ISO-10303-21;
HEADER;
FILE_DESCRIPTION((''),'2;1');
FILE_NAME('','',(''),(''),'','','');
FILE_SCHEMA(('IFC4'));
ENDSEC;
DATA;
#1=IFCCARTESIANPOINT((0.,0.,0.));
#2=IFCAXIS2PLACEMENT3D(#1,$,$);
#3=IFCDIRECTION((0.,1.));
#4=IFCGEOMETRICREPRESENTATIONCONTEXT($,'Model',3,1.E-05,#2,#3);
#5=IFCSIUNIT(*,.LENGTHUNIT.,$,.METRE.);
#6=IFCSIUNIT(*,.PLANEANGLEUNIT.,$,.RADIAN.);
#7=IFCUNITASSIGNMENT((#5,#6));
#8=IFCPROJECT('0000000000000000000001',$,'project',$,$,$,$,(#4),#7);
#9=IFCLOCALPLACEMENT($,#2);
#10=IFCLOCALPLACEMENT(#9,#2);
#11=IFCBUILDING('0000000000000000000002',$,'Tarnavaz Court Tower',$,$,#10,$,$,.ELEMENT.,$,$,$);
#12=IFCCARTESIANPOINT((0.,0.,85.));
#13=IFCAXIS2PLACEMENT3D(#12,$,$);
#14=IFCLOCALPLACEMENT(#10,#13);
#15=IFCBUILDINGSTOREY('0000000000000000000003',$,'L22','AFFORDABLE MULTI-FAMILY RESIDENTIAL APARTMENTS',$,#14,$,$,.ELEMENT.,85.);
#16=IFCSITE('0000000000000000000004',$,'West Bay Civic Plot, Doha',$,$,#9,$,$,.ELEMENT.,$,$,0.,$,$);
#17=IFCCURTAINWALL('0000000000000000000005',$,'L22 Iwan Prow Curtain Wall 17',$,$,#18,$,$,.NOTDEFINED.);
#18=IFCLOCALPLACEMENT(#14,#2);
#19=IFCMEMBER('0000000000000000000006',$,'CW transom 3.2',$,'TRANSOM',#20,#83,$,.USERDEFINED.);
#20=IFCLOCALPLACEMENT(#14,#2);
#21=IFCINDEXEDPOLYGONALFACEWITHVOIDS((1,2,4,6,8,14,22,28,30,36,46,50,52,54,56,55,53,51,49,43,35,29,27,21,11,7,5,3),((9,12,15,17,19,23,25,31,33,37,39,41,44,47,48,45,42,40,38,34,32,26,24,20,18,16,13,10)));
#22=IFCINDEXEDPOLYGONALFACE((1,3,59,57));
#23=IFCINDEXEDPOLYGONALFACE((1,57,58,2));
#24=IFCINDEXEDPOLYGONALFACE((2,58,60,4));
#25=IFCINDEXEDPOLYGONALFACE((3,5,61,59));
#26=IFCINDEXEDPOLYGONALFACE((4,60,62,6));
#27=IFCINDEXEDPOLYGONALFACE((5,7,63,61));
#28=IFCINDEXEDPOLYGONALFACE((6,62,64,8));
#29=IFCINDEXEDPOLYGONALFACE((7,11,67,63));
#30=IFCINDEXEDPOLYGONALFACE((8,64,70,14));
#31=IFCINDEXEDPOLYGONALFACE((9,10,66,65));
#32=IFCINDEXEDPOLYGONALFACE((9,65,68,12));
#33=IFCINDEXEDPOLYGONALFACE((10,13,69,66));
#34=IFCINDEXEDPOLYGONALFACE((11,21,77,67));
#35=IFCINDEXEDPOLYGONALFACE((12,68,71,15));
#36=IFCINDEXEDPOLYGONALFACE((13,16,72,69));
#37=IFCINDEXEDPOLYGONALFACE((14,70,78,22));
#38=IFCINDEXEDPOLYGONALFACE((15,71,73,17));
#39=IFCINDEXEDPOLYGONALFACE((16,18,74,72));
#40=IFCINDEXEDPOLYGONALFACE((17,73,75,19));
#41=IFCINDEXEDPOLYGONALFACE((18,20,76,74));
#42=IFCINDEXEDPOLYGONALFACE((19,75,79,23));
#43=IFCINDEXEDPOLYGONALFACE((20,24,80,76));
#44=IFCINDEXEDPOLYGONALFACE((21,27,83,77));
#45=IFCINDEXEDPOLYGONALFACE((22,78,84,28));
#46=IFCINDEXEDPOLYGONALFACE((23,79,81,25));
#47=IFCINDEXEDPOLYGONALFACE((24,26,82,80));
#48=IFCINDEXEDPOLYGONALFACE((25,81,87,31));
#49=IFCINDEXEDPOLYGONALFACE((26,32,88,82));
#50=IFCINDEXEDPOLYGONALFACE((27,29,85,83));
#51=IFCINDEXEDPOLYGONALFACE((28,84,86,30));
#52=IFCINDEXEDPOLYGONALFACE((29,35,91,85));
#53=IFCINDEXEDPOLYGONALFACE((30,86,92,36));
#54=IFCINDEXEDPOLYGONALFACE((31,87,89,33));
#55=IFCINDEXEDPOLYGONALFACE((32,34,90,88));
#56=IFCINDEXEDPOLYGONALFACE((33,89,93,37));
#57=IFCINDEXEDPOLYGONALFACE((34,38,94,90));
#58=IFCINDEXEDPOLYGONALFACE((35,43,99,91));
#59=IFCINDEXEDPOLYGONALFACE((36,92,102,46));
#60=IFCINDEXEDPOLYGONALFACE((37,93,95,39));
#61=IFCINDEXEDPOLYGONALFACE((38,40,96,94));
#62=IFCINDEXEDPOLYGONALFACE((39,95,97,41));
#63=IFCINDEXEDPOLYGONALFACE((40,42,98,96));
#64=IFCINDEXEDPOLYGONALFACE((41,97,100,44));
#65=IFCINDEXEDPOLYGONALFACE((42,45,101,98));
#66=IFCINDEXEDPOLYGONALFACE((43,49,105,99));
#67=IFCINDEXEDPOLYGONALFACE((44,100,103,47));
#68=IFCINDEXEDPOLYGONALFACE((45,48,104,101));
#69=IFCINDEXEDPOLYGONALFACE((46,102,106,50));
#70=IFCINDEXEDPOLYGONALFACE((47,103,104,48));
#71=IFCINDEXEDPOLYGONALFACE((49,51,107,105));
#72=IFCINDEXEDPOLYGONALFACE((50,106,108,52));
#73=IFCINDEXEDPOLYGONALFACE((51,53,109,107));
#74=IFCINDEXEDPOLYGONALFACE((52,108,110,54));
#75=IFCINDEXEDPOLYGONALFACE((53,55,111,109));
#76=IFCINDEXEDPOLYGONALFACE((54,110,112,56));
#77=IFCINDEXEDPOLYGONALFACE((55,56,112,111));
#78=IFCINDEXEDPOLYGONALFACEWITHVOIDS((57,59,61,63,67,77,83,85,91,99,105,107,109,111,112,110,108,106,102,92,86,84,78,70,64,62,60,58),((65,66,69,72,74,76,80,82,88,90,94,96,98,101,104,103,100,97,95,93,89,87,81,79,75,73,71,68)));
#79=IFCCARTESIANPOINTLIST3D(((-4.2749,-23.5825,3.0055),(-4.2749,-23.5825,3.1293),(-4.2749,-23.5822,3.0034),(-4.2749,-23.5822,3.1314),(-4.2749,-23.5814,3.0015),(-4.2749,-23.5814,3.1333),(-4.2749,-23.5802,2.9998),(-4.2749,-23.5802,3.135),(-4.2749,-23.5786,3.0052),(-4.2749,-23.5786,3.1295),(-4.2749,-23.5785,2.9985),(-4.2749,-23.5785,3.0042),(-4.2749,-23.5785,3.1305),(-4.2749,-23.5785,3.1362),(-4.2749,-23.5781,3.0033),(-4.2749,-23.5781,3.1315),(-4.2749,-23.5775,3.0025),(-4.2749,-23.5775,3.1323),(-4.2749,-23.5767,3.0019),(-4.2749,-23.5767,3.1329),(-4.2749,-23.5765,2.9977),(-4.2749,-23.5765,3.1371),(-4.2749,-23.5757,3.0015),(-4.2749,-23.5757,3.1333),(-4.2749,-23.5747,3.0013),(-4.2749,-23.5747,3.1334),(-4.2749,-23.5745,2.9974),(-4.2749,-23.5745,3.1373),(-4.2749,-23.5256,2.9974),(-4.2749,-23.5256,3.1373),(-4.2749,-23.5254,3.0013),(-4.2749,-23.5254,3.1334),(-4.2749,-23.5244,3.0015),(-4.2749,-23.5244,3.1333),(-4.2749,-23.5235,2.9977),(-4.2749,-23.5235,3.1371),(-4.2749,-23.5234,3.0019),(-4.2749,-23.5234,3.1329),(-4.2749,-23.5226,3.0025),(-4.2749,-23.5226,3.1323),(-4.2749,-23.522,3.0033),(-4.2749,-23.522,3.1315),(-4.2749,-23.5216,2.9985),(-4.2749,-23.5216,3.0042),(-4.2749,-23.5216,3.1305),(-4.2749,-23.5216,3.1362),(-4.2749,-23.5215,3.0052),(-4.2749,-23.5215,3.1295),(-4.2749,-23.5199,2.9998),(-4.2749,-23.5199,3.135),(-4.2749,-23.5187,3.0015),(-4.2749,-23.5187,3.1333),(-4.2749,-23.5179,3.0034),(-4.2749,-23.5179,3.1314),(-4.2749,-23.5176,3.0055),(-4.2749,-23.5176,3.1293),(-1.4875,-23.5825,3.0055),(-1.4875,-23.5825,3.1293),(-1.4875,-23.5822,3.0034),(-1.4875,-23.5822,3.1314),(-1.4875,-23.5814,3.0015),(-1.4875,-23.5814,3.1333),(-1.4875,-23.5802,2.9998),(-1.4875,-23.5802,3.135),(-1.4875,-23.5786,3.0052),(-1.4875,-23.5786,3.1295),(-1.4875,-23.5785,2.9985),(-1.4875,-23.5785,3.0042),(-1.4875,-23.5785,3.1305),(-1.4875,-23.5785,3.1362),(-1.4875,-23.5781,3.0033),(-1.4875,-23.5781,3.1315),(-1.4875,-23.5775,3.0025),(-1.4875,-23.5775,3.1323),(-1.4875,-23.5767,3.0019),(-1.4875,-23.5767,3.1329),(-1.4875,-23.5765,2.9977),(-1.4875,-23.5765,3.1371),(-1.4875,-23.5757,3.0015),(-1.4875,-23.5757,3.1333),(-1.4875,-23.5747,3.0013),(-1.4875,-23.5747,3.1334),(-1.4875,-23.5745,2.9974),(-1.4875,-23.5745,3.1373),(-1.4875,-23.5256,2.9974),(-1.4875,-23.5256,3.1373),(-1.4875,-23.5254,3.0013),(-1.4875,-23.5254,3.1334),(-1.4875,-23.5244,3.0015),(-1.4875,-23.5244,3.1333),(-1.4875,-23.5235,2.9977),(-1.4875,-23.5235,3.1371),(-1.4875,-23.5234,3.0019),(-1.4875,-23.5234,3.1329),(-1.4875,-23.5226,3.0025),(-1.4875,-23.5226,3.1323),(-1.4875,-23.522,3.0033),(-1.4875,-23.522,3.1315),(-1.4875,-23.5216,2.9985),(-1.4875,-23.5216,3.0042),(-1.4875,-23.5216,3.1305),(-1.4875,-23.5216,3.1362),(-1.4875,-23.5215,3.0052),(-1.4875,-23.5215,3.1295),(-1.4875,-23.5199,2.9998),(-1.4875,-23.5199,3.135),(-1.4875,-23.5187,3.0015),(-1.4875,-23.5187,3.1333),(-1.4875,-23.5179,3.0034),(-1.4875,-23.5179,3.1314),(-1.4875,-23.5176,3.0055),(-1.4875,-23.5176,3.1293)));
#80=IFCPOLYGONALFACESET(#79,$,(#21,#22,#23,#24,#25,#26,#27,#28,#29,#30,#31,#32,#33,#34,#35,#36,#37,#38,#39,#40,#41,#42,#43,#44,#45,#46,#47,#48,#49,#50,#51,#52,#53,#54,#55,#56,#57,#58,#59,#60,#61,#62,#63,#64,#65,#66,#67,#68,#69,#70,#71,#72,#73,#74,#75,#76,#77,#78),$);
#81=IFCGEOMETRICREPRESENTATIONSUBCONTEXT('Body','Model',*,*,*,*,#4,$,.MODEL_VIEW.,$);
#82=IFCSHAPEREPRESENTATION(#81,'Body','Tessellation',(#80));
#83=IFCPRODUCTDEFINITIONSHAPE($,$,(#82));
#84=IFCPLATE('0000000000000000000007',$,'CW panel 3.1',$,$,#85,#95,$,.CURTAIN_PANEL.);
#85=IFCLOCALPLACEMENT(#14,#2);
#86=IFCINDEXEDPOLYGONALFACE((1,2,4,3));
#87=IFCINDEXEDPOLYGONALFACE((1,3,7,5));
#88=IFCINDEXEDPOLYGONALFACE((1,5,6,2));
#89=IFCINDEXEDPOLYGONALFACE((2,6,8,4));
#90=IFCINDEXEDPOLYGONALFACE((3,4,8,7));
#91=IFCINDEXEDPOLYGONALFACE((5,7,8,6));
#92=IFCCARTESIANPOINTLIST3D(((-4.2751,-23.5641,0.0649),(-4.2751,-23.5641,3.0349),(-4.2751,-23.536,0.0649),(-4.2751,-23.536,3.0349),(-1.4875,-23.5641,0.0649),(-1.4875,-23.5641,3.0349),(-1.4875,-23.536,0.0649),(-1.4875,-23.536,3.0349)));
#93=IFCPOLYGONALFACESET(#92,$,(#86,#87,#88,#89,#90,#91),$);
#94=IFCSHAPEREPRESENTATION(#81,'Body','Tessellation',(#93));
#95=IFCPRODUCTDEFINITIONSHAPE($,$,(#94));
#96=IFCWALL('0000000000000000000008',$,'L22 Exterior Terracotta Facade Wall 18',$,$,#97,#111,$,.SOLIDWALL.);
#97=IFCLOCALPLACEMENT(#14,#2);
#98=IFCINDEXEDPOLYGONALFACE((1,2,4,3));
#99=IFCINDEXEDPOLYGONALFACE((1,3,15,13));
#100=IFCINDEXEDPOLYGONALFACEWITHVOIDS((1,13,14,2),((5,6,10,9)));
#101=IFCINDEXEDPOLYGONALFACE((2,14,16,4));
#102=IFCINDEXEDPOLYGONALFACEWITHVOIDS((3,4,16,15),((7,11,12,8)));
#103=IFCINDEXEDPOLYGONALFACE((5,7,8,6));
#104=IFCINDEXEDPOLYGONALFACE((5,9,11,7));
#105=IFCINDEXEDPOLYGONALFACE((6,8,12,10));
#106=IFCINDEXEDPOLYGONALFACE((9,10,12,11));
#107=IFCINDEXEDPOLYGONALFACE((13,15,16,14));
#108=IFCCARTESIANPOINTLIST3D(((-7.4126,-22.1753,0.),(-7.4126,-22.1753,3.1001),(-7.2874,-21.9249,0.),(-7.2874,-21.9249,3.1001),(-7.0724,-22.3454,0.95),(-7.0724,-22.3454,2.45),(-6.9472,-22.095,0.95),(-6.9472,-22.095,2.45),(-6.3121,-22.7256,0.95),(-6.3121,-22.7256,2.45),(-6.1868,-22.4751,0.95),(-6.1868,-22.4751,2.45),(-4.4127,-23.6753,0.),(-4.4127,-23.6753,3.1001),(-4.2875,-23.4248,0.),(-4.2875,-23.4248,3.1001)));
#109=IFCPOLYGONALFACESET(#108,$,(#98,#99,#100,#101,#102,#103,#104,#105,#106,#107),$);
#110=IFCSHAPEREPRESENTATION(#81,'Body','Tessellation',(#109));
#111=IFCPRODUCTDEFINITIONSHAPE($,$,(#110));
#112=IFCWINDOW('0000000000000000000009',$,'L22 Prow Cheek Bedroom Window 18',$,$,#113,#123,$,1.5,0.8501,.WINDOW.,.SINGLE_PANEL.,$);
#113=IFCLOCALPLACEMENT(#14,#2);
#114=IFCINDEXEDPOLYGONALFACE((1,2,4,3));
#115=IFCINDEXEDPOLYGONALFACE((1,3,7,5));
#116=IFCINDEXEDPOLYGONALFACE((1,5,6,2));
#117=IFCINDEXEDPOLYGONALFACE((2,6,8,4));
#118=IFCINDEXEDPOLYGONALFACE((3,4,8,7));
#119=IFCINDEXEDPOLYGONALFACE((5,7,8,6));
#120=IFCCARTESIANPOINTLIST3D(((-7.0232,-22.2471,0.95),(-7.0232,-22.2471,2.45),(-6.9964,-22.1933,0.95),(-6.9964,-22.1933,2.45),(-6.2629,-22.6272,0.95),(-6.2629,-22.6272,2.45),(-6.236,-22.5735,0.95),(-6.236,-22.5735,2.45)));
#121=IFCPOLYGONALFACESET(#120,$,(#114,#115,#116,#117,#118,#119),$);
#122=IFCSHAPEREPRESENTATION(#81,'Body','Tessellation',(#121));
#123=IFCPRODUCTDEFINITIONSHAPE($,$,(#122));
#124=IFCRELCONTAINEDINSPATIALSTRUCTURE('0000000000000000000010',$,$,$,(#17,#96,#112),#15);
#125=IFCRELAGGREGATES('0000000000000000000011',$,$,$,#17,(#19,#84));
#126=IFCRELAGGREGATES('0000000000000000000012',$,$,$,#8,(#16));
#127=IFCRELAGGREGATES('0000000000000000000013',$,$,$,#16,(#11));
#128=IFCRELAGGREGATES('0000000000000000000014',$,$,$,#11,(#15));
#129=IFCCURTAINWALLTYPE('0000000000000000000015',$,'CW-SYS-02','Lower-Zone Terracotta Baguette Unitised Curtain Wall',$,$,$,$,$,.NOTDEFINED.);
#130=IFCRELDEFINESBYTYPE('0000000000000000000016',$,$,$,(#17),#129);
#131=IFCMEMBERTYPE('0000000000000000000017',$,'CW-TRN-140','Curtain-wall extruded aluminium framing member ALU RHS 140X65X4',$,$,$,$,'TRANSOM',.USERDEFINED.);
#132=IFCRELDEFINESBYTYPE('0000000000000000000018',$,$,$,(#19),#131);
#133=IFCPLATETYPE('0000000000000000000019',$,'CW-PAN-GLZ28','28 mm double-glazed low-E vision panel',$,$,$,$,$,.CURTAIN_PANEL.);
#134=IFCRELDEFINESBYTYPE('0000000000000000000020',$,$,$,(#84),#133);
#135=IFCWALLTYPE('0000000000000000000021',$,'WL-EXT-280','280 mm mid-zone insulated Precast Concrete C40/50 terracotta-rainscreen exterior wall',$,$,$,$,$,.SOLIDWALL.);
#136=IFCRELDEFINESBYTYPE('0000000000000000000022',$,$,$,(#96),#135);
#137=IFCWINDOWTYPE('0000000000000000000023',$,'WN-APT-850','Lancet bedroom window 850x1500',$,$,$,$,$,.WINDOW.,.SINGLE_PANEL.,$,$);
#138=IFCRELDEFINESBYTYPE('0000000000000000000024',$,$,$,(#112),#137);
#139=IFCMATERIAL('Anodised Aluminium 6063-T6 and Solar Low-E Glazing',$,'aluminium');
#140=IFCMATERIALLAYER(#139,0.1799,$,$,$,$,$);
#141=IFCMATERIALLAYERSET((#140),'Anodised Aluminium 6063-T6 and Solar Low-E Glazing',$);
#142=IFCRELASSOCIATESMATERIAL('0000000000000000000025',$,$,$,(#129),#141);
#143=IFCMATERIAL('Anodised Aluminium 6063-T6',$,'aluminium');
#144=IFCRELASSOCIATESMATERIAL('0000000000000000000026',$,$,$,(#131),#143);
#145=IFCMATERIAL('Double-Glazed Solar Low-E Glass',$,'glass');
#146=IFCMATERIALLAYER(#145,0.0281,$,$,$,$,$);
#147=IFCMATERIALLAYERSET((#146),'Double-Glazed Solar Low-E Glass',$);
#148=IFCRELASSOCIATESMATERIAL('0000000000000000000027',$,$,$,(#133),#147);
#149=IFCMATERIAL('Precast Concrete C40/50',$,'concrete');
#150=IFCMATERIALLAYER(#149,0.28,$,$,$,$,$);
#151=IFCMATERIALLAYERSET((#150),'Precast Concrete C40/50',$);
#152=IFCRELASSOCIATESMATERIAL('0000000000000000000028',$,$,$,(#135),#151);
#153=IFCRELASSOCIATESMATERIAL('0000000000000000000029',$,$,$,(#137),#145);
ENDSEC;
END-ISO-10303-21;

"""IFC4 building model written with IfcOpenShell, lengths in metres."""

from ifc_helpers import new_model, si_unit, direction, frame, frame_2d, origin, origin_2d, place, context, subcontext, project, spatial, rectangle, hollow_rectangle, extrude, material, layer, layer_set, material_profile, profile_set, type_object, element, fill, aggregate, save


model = new_model("IFC4")

# Units and contexts
model_context = context("Model", 3, precision=1e-05, world=origin(), true_north=direction((0.0, 1.0)))
body_context = subcontext(model_context, "Body", "Model", "MODEL_VIEW")
ifc_project = project(units=[si_unit("LENGTHUNIT", "METRE"), si_unit("PLANEANGLEUNIT", "RADIAN")], contexts=[model_context])

# Site, building, storey
site_placement = place(None, origin())
site = spatial("IfcSite", under=ifc_project, at=site_placement, Name="West Bay Civic Plot, Doha", CompositionType="ELEMENT", RefElevation=0.0)
building_placement = place(site_placement, origin())
building = spatial("IfcBuilding", under=site, at=building_placement, Name="Tarnavaz Court Tower", CompositionType="ELEMENT")
storey_placement = place(building_placement, frame((0.0, 0.0, 85.0)))
storey = spatial("IfcBuildingStorey", under=building, at=storey_placement, Name="L22", Description="AFFORDABLE MULTI-FAMILY RESIDENTIAL APARTMENTS", CompositionType="ELEMENT", Elevation=85.0)

# Curtain wall, member, plate
ifc_material_1 = material(Name="Anodised Aluminium 6063-T6 and Solar Low-E Glazing", Category="aluminium")
ifc_layer_1 = layer(ifc_material_1, 0.1799)
ifc_layer_set_1 = layer_set([ifc_layer_1], Name="Anodised Aluminium 6063-T6 and Solar Low-E Glazing")
curtain_wall_type = type_object("IfcCurtainWallType", Name="CW-SYS-02", Description="Lower-Zone Terracotta Baguette Unitised Curtain Wall", PredefinedType="NOTDEFINED", material=ifc_layer_set_1)
curtain_wall_placement = place(storey_placement, origin())
curtain_wall = element("IfcCurtainWall", 1, at=curtain_wall_placement, inside=storey, type_object=curtain_wall_type, Name="L22 Iwan Prow Curtain Wall 17", PredefinedType="NOTDEFINED")
ifc_material_2 = material(Name="Anodised Aluminium 6063-T6", Category="aluminium")
ifc_material_profile_1 = material_profile(ifc_material_2, hollow_rectangle(XDim=0.0649, YDim=0.1399, WallThickness=0.0039, InnerFilletRadius=0.0039, OuterFilletRadius=0.0081, at=origin_2d()), Name="ALU RHS 140X65X4")
ifc_profile_set_1 = profile_set([ifc_material_profile_1], Name="Anodised Aluminium 6063-T6")
member_type_1 = type_object("IfcMemberType", Name="CW-TRN-140", Description="Curtain-wall extruded aluminium framing member ALU RHS 140X65X4", ElementType="TRANSOM", PredefinedType="USERDEFINED", material=ifc_profile_set_1)
member_1_placement = place(storey_placement, frame((-1.4875, -23.55, 3.0674), z_axis=(-1.0, 0.0, 0.0), x_axis=(0.0, -1.0, 0.0)))
member_1 = element("IfcMember", 2, at=member_1_placement, type_object=member_type_1, Name="CW transom 3.2", ObjectType="TRANSOM", PredefinedType="USERDEFINED", context=body_context, shape_type="SweptSolid", body=[
    extrude(hollow_rectangle(XDim=0.0649, YDim=0.1399, WallThickness=0.0039, InnerFilletRadius=0.0039, OuterFilletRadius=0.0081, at=origin_2d()), origin(), (0.0, 0.0, 1.0), 2.7874),
])
ifc_material_3 = material(Name="Double-Glazed Solar Low-E Glass", Category="glass")
ifc_layer_2 = layer(ifc_material_3, 0.0281)
ifc_layer_set_2 = layer_set([ifc_layer_2], Name="Double-Glazed Solar Low-E Glass")
plate_type = type_object("IfcPlateType", Name="CW-PAN-GLZ28", Description="28 mm double-glazed low-E vision panel", PredefinedType="CURTAIN_PANEL", material=ifc_layer_set_2)
plate_placement = place(storey_placement, frame((-2.8813, -23.55, 0.0649), z_axis=(0.0, 0.0, 1.0), x_axis=(-1.0, 0.0, 0.0)))
plate = element("IfcPlate", 3, at=plate_placement, type_object=plate_type, Name="CW panel 3.1", PredefinedType="CURTAIN_PANEL", context=body_context, shape_type="SweptSolid", body=[
    extrude(rectangle(XDim=2.7876, YDim=0.0281, at=origin_2d()), origin(), (0.0, 0.0, 1.0), 2.97),
])
aggregate(curtain_wall, [member_1, plate])

# Wall, opening, window
ifc_material_4 = material(Name="Precast Concrete C40/50", Category="concrete")
ifc_layer_3 = layer(ifc_material_4, 0.28)
ifc_layer_set_3 = layer_set([ifc_layer_3], Name="Precast Concrete C40/50")
wall_type_1 = type_object("IfcWallType", Name="WL-EXT-280", Description="280 mm mid-zone insulated Precast Concrete C40/50 terracotta-rainscreen exterior wall", PredefinedType="SOLIDWALL", material=ifc_layer_set_3)
wall_1_placement = place(storey_placement, frame((-4.3501, -23.55, 0.0), z_axis=(0.0, 0.0, 1.0), x_axis=(-0.894427, 0.447214, 0.0)))
wall_1 = element("IfcWall", 4, at=wall_1_placement, inside=storey, type_object=wall_type_1, Name="L22 Exterior Terracotta Facade Wall 18", PredefinedType="SOLIDWALL", context=body_context, shape_type="SweptSolid", body=[
    extrude(rectangle(XDim=3.354, YDim=0.28, at=frame_2d((1.677, 0.0))), origin(), (0.0, 0.0, 1.0), 3.1001),
])
opening_1_placement = place(wall_1_placement, frame((2.1235, 0.0, 0.95)))
opening_1 = element("IfcOpeningElement", 5, at=opening_1_placement, cuts=wall_1, PredefinedType="OPENING", context=body_context, shape_type="SweptSolid", body=[
    extrude(rectangle(XDim=0.8501, YDim=1.5, at=frame_2d((0.425, 0.75))), frame((0.0, 0.1499, 0.0), z_axis=(0.0, -1.0, 0.0), x_axis=(1.0, 0.0, 0.0)), (0.0, 0.0, 1.0), 0.3),
])
window_type_1 = type_object("IfcWindowType", Name="WN-APT-850", Description="Lancet bedroom window 850x1500", PartitioningType="SINGLE_PANEL", PredefinedType="WINDOW", material=ifc_material_3)
window_1_placement = place(opening_1_placement, origin())
window_1 = element("IfcWindow", 6, at=window_1_placement, inside=storey, type_object=window_type_1, Name="L22 Prow Cheek Bedroom Window 18", OverallHeight=1.5, OverallWidth=0.8501, PartitioningType="SINGLE_PANEL", PredefinedType="WINDOW", context=body_context, shape_type="SweptSolid", body=[
    extrude(rectangle(XDim=0.8501, YDim=1.5, at=frame_2d((0.425, 0.75))), frame((0.0, 0.03, 0.0), z_axis=(0.0, -1.0, 0.0), x_axis=(1.0, 0.0, 0.0)), (0.0, 0.0, 1.0), 0.0601),
])
fill(opening_1, window_1)

save(model, "model.ifc")
